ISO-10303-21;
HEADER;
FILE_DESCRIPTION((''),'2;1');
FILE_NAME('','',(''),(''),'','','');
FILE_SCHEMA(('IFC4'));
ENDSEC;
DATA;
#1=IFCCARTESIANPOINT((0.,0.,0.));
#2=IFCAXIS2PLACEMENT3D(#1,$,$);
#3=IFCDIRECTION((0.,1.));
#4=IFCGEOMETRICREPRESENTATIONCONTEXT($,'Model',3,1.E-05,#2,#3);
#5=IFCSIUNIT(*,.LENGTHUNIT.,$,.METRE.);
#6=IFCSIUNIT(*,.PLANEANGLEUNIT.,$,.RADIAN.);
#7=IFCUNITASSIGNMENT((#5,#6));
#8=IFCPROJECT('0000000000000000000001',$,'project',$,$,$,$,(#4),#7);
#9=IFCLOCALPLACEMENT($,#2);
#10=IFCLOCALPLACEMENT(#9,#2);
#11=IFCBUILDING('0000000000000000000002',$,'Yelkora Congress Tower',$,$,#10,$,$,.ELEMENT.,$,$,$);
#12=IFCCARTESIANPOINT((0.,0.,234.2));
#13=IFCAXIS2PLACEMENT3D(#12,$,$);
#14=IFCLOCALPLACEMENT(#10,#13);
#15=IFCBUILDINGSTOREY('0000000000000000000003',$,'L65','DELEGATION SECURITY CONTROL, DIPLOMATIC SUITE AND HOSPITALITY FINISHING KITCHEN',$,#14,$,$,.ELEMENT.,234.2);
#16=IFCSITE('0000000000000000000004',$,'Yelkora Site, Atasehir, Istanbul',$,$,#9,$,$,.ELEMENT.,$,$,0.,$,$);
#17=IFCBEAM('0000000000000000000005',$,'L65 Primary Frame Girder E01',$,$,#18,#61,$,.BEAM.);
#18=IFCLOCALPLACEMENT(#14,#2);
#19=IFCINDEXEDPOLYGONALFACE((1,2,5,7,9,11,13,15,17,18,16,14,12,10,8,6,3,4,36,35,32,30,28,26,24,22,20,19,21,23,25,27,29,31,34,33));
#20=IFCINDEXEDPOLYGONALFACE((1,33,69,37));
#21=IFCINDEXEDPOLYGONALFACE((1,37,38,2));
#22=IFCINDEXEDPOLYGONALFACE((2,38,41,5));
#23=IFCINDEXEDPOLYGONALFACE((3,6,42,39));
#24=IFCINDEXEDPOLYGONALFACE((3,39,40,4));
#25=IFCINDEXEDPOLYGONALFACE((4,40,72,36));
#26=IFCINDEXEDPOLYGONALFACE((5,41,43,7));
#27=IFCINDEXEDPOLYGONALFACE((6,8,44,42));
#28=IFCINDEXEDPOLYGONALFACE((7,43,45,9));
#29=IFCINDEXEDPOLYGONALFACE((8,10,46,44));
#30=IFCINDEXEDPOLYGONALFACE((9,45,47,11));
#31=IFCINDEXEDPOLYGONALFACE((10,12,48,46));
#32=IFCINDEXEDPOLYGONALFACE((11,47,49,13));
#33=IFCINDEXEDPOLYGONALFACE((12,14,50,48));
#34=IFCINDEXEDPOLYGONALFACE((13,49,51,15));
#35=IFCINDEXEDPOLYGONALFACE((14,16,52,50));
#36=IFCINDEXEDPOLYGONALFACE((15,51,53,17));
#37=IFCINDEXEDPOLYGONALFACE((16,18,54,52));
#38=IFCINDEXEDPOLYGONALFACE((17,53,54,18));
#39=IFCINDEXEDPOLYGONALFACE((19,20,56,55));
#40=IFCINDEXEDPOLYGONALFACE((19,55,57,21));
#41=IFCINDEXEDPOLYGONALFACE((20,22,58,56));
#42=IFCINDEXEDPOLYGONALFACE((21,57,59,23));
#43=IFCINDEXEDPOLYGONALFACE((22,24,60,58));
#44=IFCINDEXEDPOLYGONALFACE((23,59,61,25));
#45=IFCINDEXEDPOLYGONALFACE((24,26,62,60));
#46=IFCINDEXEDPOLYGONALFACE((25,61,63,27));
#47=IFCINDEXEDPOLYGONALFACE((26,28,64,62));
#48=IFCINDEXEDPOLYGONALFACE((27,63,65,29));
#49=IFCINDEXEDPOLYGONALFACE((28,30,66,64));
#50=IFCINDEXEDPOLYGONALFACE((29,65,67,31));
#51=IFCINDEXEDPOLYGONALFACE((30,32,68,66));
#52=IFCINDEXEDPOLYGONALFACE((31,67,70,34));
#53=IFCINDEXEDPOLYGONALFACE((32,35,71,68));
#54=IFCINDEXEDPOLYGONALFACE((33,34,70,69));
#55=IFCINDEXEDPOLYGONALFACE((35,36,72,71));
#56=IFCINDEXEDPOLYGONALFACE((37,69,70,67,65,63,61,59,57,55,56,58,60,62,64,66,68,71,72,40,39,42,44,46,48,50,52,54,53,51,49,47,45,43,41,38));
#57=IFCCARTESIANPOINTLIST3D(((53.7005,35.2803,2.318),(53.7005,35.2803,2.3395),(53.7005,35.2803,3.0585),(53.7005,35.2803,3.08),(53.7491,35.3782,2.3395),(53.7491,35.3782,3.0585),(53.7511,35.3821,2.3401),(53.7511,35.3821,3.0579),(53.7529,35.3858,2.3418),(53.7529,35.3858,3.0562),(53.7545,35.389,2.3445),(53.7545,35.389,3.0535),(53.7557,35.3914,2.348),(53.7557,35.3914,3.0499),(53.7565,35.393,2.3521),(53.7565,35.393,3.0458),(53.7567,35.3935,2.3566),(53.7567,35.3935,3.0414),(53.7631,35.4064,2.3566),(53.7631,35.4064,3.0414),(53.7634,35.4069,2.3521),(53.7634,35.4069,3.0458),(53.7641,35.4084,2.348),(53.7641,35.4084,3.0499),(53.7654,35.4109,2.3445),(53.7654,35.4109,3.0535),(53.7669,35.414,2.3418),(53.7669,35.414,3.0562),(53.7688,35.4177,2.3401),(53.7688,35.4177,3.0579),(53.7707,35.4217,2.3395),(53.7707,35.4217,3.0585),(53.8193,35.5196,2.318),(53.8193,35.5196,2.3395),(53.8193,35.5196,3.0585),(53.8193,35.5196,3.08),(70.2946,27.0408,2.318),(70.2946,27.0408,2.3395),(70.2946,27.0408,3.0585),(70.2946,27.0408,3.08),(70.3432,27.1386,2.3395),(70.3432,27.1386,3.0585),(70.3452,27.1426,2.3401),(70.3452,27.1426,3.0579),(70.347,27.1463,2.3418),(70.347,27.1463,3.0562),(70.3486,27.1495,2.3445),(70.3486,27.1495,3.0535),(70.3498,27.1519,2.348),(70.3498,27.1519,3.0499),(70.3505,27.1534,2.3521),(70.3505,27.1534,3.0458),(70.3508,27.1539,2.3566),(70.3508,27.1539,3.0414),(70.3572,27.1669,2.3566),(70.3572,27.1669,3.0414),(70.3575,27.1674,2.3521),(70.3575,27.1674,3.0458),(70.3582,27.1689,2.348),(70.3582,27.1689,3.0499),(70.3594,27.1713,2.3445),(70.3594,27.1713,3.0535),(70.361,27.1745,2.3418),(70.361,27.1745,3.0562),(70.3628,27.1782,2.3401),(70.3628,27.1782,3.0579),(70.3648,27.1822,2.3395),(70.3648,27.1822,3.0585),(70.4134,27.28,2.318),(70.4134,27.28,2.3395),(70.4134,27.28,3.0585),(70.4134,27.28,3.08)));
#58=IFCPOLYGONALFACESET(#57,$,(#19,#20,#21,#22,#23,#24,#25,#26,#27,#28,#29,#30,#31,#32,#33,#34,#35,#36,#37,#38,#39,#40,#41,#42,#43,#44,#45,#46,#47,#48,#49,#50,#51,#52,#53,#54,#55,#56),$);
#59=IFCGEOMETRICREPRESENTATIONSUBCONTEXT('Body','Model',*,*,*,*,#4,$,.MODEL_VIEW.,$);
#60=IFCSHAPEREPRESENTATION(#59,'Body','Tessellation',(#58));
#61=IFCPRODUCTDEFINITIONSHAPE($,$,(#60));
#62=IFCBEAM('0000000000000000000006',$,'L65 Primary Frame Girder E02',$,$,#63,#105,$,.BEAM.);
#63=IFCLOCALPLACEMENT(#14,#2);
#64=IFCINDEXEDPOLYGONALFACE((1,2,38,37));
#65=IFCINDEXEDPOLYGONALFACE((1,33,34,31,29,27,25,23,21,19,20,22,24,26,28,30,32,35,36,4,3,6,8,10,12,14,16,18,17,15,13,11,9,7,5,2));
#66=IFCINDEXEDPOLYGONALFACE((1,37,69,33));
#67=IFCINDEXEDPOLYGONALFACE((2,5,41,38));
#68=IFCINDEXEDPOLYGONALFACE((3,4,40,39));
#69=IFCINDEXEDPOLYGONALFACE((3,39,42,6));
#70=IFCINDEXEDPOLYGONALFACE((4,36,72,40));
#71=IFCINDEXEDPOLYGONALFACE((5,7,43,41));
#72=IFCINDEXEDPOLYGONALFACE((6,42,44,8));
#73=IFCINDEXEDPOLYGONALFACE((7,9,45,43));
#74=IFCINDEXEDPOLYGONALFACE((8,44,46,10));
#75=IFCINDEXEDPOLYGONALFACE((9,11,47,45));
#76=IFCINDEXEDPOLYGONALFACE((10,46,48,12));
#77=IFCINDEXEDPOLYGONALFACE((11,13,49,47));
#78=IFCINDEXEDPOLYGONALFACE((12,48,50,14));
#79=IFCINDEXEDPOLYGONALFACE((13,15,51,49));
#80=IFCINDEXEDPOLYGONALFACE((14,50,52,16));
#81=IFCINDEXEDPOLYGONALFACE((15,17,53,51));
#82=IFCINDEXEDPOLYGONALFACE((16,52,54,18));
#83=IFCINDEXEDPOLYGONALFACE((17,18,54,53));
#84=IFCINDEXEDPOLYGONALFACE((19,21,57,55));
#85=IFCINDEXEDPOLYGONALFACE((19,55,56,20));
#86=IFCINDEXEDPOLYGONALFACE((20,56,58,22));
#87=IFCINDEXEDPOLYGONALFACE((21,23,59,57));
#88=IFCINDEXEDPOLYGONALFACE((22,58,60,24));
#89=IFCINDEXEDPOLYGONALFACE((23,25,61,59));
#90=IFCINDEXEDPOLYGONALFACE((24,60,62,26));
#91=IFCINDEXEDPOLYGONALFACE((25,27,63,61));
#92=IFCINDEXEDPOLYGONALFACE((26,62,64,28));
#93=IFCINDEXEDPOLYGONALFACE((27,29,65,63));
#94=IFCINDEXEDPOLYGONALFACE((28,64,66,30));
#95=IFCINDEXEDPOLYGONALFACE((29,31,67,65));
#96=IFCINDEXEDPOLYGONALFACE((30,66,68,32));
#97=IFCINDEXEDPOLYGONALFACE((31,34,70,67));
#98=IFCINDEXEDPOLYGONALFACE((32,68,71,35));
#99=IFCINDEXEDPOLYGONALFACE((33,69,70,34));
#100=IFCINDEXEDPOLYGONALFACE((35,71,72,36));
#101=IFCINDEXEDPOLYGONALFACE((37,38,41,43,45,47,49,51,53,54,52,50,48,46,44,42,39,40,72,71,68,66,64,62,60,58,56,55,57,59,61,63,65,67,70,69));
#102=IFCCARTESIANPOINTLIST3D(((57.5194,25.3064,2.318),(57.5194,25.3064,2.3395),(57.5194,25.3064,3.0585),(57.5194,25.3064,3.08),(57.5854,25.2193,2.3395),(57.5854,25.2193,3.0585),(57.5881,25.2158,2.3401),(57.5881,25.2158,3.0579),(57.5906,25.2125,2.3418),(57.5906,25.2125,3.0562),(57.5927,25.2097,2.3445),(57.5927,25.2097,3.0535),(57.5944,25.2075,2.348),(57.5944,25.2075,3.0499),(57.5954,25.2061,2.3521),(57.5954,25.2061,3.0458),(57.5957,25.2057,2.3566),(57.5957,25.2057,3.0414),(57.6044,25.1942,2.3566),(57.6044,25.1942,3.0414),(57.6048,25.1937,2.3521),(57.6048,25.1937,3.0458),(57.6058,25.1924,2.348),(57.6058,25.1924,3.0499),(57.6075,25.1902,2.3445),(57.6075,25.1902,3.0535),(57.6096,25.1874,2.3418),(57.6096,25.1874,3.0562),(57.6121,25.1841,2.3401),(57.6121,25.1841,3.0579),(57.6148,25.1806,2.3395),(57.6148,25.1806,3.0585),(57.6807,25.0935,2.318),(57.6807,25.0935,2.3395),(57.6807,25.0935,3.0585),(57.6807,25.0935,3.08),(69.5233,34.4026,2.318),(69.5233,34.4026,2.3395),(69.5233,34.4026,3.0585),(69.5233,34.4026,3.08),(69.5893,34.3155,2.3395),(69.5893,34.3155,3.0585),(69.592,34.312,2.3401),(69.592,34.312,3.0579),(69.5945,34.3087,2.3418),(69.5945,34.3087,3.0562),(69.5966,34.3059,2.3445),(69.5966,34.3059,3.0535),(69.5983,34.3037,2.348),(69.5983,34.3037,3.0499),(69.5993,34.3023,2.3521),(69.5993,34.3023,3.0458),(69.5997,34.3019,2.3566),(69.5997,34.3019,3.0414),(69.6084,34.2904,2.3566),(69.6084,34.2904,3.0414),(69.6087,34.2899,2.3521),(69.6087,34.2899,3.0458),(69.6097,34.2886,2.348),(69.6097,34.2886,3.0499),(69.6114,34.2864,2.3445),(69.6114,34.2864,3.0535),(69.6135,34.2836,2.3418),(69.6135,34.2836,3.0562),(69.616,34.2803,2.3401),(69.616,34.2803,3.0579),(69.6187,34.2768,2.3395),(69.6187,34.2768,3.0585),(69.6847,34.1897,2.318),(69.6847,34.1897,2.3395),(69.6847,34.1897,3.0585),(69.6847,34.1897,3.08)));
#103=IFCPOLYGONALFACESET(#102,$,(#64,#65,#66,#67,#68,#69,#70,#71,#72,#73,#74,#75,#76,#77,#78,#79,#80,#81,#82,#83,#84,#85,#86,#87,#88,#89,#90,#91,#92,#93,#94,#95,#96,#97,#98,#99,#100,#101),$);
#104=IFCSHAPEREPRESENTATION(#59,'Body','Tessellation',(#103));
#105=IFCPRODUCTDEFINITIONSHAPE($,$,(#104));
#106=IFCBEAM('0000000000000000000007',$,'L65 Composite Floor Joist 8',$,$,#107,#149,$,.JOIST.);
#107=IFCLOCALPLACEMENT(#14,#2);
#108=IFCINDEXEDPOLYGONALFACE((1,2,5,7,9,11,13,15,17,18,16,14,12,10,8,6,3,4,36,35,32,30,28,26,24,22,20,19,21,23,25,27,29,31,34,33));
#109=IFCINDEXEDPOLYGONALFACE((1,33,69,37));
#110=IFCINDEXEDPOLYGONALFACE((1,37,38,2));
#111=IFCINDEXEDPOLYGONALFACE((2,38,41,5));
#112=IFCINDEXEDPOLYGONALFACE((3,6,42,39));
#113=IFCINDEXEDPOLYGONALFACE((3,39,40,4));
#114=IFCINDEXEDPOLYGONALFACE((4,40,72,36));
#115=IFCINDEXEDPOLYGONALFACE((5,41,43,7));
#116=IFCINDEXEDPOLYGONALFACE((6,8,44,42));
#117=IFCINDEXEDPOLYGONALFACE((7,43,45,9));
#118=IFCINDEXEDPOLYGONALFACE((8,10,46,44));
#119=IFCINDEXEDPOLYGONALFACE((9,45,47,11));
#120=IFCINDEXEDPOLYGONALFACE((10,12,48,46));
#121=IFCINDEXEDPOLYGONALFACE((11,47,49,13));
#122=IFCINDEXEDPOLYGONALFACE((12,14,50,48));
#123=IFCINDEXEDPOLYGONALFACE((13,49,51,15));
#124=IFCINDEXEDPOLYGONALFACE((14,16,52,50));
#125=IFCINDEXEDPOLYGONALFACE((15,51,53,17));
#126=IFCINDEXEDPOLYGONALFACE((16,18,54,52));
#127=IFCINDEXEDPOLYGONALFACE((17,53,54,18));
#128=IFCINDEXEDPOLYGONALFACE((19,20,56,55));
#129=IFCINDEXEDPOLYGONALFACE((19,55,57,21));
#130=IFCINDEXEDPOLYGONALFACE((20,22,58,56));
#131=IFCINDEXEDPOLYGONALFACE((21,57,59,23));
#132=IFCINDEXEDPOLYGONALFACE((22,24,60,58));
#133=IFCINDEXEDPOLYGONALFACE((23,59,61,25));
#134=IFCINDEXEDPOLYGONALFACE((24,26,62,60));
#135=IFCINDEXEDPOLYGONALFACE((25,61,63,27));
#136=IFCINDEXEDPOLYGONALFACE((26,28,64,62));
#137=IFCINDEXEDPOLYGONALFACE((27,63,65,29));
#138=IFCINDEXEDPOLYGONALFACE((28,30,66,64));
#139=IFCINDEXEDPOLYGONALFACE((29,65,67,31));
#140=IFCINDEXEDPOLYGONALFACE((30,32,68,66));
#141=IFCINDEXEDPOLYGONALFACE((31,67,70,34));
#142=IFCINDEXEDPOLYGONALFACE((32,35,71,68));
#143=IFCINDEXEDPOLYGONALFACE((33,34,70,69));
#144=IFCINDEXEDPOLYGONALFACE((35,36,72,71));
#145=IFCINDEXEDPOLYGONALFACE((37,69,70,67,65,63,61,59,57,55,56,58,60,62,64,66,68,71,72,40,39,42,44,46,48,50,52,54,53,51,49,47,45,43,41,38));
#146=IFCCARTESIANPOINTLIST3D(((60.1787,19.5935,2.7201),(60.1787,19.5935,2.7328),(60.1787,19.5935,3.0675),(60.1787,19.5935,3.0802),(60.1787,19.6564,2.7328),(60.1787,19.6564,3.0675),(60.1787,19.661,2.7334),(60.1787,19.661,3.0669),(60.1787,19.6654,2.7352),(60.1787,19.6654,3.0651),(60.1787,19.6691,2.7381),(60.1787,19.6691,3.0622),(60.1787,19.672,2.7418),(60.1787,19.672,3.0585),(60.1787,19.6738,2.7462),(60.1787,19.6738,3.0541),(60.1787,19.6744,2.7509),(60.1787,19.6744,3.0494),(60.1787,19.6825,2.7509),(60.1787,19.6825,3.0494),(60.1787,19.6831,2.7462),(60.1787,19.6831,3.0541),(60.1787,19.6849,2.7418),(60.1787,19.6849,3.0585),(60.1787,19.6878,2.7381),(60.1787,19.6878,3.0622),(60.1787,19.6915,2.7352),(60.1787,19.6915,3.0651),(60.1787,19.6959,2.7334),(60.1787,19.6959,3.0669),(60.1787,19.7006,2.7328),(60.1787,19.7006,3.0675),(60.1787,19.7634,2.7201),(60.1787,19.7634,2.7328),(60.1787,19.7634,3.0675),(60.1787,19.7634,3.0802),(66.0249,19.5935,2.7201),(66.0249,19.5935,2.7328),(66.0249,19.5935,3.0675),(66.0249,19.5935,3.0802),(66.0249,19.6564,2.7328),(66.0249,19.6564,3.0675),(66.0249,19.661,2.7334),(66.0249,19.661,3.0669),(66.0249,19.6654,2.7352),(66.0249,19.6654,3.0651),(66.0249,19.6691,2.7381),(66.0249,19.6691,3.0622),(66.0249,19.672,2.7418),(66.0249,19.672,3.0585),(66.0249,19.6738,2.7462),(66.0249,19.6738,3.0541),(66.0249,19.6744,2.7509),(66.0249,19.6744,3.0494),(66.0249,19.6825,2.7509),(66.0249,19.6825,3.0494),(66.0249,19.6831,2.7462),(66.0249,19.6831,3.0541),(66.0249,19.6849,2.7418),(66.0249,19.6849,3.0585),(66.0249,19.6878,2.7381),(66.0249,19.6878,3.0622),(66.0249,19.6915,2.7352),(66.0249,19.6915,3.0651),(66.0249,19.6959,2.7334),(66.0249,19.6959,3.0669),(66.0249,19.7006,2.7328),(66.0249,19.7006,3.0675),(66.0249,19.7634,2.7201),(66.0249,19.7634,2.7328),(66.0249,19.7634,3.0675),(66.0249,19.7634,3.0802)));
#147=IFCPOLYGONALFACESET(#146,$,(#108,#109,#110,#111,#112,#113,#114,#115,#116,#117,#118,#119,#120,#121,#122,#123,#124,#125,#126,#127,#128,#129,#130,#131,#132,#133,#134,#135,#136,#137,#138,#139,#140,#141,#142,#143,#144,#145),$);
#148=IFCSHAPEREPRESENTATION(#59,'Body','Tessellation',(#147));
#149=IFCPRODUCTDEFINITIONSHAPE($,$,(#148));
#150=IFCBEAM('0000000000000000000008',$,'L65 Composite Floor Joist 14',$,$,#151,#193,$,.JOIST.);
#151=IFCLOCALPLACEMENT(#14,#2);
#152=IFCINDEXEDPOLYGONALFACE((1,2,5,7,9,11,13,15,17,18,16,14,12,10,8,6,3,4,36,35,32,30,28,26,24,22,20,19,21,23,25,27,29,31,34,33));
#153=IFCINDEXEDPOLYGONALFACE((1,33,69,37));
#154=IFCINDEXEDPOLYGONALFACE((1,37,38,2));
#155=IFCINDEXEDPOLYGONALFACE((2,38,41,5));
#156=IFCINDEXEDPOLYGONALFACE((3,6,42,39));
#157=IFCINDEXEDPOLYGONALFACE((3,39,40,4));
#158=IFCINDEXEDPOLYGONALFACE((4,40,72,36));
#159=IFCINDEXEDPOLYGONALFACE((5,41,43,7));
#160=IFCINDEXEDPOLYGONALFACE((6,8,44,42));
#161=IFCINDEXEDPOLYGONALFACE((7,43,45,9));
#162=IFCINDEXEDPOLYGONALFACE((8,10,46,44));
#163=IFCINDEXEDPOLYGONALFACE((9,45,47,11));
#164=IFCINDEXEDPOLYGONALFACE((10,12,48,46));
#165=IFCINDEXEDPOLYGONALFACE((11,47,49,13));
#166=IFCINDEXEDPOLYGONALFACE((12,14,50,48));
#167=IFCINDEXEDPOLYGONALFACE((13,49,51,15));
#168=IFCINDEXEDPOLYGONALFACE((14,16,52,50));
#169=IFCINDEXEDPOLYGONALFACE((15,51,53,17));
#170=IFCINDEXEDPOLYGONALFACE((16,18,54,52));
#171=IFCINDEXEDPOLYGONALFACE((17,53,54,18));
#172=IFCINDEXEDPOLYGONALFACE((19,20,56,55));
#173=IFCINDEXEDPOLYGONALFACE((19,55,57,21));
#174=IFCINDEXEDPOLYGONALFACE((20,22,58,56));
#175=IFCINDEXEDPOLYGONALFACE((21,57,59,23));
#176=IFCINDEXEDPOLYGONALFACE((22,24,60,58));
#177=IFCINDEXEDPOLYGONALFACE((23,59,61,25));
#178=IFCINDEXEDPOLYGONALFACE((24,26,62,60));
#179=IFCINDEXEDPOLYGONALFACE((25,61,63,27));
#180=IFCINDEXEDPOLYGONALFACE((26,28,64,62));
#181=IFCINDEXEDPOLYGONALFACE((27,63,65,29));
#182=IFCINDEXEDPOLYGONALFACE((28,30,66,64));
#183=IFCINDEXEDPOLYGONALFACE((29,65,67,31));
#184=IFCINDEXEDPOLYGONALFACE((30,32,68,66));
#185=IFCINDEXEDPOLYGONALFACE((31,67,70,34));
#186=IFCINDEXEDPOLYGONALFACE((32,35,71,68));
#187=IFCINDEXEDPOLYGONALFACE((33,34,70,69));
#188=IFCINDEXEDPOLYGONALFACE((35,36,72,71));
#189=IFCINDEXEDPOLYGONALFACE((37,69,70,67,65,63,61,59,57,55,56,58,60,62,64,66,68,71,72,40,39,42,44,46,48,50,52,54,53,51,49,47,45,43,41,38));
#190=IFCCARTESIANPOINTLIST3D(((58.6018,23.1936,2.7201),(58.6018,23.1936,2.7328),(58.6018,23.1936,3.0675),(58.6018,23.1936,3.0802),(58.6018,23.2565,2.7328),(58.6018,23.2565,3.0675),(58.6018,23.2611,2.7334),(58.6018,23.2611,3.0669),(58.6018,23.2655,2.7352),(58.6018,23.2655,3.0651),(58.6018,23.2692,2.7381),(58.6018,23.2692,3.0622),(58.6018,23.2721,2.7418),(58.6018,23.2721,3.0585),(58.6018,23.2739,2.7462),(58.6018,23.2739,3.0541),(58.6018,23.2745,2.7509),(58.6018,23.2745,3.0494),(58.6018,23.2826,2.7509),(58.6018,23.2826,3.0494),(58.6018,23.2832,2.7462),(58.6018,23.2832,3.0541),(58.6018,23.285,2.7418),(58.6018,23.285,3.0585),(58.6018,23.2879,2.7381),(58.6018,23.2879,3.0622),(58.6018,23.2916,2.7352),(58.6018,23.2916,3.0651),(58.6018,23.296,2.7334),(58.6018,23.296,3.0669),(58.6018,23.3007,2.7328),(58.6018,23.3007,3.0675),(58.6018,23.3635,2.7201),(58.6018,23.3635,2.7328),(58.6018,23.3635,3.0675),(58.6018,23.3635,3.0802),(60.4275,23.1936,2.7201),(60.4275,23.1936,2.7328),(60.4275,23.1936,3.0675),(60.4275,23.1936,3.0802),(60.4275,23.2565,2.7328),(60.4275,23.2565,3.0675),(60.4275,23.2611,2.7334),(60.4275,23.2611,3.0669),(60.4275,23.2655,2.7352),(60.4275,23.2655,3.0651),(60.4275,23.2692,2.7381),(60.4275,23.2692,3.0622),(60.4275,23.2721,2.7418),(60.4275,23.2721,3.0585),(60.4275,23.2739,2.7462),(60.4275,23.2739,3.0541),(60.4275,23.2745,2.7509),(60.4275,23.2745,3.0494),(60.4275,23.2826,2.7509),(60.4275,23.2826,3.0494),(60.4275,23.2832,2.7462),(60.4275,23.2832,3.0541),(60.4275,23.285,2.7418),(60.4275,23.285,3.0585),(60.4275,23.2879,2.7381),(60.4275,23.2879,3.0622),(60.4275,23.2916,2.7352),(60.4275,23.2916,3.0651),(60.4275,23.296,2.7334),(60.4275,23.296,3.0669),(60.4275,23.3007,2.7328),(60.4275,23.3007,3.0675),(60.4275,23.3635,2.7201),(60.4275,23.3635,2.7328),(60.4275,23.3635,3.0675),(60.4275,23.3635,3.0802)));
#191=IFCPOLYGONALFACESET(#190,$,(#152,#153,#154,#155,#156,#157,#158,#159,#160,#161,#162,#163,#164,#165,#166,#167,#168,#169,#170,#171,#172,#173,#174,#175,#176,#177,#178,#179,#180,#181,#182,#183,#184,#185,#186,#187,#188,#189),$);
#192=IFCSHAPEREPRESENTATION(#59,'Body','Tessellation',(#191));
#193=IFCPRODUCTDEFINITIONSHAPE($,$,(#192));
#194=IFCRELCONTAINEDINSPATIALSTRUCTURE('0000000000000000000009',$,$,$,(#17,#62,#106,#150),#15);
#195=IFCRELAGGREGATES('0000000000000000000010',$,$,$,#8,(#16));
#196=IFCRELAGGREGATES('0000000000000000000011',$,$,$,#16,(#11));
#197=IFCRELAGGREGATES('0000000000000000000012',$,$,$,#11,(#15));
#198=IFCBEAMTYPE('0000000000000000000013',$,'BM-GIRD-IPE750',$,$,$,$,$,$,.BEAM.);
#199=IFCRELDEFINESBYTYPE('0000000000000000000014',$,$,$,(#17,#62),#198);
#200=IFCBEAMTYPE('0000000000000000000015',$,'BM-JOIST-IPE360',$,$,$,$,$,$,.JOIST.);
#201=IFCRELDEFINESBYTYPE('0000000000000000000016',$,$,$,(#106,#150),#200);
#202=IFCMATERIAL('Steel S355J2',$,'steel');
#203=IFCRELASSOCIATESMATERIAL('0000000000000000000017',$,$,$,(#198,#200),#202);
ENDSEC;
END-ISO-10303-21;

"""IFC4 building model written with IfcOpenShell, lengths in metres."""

from ifc_helpers import new_model, si_unit, direction, frame, origin, origin_2d, place, context, subcontext, project, spatial, i_section, extrude, material, material_profile, profile_set, type_object, element, save


model = new_model("IFC4")

# Units and contexts
model_context = context("Model", 3, precision=1e-05, world=origin(), true_north=direction((0.0, 1.0)))
body_context = subcontext(model_context, "Body", "Model", "MODEL_VIEW")
ifc_project = project(units=[si_unit("LENGTHUNIT", "METRE"), si_unit("PLANEANGLEUNIT", "RADIAN")], contexts=[model_context])

# Site, building, storey
site_placement = place(None, origin())
site = spatial("IfcSite", under=ifc_project, at=site_placement, Name="Yelkora Site, Atasehir, Istanbul", CompositionType="ELEMENT", RefElevation=0.0)
building_placement = place(site_placement, origin())
building = spatial("IfcBuilding", under=site, at=building_placement, Name="Yelkora Congress Tower", CompositionType="ELEMENT")
storey_placement = place(building_placement, frame((0.0, 0.0, 234.2)))
storey = spatial("IfcBuildingStorey", under=building, at=storey_placement, Name="L65", Description="DELEGATION SECURITY CONTROL, DIPLOMATIC SUITE AND HOSPITALITY FINISHING KITCHEN", CompositionType="ELEMENT", Elevation=234.2)

# Shared definitions
ifc_material_1 = material(Name="Steel S355J2", Category="steel")

# Beams
ifc_material_profile_1 = material_profile(ifc_material_1, i_section(OverallWidth=0.2671, OverallDepth=0.762, WebThickness=0.0144, FlangeThickness=0.0215, FilletRadius=0.0171, at=origin_2d()), Name="IPE 750x173")
ifc_profile_set_1 = profile_set([ifc_material_profile_1], Name="Steel S355J2")
beam_type_1 = type_object("IfcBeamType", Name="BM-GIRD-IPE750", PredefinedType="BEAM", material=ifc_profile_set_1)
beam_1_placement = place(storey_placement, frame((70.354, 27.1604, 2.699), z_axis=(-0.895665, 0.444729, 0.0), x_axis=(-0.444729, -0.895665, 0.0)))
element("IfcBeam", 1, at=beam_1_placement, inside=storey, type_object=beam_type_1, Name="L65 Primary Frame Girder E01", PredefinedType="BEAM", context=body_context, shape_type="SweptSolid", body=[
    extrude(i_section(OverallWidth=0.2671, OverallDepth=0.762, WebThickness=0.0144, FlangeThickness=0.0215, FilletRadius=0.0171, at=origin_2d()), origin(), (0.0, 0.0, 1.0), 18.5271),
])
beam_2_placement = place(storey_placement, frame((69.604, 34.2961, 2.699), z_axis=(-0.797018, -0.603956, 0.0), x_axis=(0.603956, -0.797018, 0.0)))
element("IfcBeam", 2, at=beam_2_placement, inside=storey, type_object=beam_type_1, Name="L65 Primary Frame Girder E02", PredefinedType="BEAM", context=body_context, shape_type="SweptSolid", body=[
    extrude(i_section(OverallWidth=0.2671, OverallDepth=0.762, WebThickness=0.0144, FlangeThickness=0.0215, FilletRadius=0.0171, at=origin_2d()), origin(), (0.0, 0.0, 1.0), 15.061),
])
ifc_material_profile_2 = material_profile(ifc_material_1, i_section(OverallWidth=0.1699, OverallDepth=0.3601, WebThickness=0.0081, FlangeThickness=0.0127, FilletRadius=0.0181, at=origin_2d()), Name="IPE 360")
ifc_profile_set_2 = profile_set([ifc_material_profile_2], Name="Steel S355J2")
beam_type_2 = type_object("IfcBeamType", Name="BM-JOIST-IPE360", PredefinedType="JOIST", material=ifc_profile_set_2)
beam_3_placement = place(storey_placement, frame((60.1787, 19.6785, 2.9001), z_axis=(1.0, 0.0, 0.0), x_axis=(0.0, 1.0, 0.0)))
element("IfcBeam", 3, at=beam_3_placement, inside=storey, type_object=beam_type_2, Name="L65 Composite Floor Joist 8", PredefinedType="JOIST", context=body_context, shape_type="SweptSolid", body=[
    extrude(i_section(OverallWidth=0.1699, OverallDepth=0.3601, WebThickness=0.0081, FlangeThickness=0.0127, FilletRadius=0.0181, at=origin_2d()), origin(), (0.0, 0.0, 1.0), 5.8462),
])
beam_4_placement = place(storey_placement, frame((58.6018, 23.2786, 2.9001), z_axis=(1.0, 0.0, 0.0), x_axis=(0.0, 1.0, 0.0)))
element("IfcBeam", 4, at=beam_4_placement, inside=storey, type_object=beam_type_2, Name="L65 Composite Floor Joist 14", PredefinedType="JOIST", context=body_context, shape_type="SweptSolid", body=[
    extrude(i_section(OverallWidth=0.1699, OverallDepth=0.3601, WebThickness=0.0081, FlangeThickness=0.0127, FilletRadius=0.0181, at=origin_2d()), origin(), (0.0, 0.0, 1.0), 1.8257),
])

save(model, "model.ifc")
